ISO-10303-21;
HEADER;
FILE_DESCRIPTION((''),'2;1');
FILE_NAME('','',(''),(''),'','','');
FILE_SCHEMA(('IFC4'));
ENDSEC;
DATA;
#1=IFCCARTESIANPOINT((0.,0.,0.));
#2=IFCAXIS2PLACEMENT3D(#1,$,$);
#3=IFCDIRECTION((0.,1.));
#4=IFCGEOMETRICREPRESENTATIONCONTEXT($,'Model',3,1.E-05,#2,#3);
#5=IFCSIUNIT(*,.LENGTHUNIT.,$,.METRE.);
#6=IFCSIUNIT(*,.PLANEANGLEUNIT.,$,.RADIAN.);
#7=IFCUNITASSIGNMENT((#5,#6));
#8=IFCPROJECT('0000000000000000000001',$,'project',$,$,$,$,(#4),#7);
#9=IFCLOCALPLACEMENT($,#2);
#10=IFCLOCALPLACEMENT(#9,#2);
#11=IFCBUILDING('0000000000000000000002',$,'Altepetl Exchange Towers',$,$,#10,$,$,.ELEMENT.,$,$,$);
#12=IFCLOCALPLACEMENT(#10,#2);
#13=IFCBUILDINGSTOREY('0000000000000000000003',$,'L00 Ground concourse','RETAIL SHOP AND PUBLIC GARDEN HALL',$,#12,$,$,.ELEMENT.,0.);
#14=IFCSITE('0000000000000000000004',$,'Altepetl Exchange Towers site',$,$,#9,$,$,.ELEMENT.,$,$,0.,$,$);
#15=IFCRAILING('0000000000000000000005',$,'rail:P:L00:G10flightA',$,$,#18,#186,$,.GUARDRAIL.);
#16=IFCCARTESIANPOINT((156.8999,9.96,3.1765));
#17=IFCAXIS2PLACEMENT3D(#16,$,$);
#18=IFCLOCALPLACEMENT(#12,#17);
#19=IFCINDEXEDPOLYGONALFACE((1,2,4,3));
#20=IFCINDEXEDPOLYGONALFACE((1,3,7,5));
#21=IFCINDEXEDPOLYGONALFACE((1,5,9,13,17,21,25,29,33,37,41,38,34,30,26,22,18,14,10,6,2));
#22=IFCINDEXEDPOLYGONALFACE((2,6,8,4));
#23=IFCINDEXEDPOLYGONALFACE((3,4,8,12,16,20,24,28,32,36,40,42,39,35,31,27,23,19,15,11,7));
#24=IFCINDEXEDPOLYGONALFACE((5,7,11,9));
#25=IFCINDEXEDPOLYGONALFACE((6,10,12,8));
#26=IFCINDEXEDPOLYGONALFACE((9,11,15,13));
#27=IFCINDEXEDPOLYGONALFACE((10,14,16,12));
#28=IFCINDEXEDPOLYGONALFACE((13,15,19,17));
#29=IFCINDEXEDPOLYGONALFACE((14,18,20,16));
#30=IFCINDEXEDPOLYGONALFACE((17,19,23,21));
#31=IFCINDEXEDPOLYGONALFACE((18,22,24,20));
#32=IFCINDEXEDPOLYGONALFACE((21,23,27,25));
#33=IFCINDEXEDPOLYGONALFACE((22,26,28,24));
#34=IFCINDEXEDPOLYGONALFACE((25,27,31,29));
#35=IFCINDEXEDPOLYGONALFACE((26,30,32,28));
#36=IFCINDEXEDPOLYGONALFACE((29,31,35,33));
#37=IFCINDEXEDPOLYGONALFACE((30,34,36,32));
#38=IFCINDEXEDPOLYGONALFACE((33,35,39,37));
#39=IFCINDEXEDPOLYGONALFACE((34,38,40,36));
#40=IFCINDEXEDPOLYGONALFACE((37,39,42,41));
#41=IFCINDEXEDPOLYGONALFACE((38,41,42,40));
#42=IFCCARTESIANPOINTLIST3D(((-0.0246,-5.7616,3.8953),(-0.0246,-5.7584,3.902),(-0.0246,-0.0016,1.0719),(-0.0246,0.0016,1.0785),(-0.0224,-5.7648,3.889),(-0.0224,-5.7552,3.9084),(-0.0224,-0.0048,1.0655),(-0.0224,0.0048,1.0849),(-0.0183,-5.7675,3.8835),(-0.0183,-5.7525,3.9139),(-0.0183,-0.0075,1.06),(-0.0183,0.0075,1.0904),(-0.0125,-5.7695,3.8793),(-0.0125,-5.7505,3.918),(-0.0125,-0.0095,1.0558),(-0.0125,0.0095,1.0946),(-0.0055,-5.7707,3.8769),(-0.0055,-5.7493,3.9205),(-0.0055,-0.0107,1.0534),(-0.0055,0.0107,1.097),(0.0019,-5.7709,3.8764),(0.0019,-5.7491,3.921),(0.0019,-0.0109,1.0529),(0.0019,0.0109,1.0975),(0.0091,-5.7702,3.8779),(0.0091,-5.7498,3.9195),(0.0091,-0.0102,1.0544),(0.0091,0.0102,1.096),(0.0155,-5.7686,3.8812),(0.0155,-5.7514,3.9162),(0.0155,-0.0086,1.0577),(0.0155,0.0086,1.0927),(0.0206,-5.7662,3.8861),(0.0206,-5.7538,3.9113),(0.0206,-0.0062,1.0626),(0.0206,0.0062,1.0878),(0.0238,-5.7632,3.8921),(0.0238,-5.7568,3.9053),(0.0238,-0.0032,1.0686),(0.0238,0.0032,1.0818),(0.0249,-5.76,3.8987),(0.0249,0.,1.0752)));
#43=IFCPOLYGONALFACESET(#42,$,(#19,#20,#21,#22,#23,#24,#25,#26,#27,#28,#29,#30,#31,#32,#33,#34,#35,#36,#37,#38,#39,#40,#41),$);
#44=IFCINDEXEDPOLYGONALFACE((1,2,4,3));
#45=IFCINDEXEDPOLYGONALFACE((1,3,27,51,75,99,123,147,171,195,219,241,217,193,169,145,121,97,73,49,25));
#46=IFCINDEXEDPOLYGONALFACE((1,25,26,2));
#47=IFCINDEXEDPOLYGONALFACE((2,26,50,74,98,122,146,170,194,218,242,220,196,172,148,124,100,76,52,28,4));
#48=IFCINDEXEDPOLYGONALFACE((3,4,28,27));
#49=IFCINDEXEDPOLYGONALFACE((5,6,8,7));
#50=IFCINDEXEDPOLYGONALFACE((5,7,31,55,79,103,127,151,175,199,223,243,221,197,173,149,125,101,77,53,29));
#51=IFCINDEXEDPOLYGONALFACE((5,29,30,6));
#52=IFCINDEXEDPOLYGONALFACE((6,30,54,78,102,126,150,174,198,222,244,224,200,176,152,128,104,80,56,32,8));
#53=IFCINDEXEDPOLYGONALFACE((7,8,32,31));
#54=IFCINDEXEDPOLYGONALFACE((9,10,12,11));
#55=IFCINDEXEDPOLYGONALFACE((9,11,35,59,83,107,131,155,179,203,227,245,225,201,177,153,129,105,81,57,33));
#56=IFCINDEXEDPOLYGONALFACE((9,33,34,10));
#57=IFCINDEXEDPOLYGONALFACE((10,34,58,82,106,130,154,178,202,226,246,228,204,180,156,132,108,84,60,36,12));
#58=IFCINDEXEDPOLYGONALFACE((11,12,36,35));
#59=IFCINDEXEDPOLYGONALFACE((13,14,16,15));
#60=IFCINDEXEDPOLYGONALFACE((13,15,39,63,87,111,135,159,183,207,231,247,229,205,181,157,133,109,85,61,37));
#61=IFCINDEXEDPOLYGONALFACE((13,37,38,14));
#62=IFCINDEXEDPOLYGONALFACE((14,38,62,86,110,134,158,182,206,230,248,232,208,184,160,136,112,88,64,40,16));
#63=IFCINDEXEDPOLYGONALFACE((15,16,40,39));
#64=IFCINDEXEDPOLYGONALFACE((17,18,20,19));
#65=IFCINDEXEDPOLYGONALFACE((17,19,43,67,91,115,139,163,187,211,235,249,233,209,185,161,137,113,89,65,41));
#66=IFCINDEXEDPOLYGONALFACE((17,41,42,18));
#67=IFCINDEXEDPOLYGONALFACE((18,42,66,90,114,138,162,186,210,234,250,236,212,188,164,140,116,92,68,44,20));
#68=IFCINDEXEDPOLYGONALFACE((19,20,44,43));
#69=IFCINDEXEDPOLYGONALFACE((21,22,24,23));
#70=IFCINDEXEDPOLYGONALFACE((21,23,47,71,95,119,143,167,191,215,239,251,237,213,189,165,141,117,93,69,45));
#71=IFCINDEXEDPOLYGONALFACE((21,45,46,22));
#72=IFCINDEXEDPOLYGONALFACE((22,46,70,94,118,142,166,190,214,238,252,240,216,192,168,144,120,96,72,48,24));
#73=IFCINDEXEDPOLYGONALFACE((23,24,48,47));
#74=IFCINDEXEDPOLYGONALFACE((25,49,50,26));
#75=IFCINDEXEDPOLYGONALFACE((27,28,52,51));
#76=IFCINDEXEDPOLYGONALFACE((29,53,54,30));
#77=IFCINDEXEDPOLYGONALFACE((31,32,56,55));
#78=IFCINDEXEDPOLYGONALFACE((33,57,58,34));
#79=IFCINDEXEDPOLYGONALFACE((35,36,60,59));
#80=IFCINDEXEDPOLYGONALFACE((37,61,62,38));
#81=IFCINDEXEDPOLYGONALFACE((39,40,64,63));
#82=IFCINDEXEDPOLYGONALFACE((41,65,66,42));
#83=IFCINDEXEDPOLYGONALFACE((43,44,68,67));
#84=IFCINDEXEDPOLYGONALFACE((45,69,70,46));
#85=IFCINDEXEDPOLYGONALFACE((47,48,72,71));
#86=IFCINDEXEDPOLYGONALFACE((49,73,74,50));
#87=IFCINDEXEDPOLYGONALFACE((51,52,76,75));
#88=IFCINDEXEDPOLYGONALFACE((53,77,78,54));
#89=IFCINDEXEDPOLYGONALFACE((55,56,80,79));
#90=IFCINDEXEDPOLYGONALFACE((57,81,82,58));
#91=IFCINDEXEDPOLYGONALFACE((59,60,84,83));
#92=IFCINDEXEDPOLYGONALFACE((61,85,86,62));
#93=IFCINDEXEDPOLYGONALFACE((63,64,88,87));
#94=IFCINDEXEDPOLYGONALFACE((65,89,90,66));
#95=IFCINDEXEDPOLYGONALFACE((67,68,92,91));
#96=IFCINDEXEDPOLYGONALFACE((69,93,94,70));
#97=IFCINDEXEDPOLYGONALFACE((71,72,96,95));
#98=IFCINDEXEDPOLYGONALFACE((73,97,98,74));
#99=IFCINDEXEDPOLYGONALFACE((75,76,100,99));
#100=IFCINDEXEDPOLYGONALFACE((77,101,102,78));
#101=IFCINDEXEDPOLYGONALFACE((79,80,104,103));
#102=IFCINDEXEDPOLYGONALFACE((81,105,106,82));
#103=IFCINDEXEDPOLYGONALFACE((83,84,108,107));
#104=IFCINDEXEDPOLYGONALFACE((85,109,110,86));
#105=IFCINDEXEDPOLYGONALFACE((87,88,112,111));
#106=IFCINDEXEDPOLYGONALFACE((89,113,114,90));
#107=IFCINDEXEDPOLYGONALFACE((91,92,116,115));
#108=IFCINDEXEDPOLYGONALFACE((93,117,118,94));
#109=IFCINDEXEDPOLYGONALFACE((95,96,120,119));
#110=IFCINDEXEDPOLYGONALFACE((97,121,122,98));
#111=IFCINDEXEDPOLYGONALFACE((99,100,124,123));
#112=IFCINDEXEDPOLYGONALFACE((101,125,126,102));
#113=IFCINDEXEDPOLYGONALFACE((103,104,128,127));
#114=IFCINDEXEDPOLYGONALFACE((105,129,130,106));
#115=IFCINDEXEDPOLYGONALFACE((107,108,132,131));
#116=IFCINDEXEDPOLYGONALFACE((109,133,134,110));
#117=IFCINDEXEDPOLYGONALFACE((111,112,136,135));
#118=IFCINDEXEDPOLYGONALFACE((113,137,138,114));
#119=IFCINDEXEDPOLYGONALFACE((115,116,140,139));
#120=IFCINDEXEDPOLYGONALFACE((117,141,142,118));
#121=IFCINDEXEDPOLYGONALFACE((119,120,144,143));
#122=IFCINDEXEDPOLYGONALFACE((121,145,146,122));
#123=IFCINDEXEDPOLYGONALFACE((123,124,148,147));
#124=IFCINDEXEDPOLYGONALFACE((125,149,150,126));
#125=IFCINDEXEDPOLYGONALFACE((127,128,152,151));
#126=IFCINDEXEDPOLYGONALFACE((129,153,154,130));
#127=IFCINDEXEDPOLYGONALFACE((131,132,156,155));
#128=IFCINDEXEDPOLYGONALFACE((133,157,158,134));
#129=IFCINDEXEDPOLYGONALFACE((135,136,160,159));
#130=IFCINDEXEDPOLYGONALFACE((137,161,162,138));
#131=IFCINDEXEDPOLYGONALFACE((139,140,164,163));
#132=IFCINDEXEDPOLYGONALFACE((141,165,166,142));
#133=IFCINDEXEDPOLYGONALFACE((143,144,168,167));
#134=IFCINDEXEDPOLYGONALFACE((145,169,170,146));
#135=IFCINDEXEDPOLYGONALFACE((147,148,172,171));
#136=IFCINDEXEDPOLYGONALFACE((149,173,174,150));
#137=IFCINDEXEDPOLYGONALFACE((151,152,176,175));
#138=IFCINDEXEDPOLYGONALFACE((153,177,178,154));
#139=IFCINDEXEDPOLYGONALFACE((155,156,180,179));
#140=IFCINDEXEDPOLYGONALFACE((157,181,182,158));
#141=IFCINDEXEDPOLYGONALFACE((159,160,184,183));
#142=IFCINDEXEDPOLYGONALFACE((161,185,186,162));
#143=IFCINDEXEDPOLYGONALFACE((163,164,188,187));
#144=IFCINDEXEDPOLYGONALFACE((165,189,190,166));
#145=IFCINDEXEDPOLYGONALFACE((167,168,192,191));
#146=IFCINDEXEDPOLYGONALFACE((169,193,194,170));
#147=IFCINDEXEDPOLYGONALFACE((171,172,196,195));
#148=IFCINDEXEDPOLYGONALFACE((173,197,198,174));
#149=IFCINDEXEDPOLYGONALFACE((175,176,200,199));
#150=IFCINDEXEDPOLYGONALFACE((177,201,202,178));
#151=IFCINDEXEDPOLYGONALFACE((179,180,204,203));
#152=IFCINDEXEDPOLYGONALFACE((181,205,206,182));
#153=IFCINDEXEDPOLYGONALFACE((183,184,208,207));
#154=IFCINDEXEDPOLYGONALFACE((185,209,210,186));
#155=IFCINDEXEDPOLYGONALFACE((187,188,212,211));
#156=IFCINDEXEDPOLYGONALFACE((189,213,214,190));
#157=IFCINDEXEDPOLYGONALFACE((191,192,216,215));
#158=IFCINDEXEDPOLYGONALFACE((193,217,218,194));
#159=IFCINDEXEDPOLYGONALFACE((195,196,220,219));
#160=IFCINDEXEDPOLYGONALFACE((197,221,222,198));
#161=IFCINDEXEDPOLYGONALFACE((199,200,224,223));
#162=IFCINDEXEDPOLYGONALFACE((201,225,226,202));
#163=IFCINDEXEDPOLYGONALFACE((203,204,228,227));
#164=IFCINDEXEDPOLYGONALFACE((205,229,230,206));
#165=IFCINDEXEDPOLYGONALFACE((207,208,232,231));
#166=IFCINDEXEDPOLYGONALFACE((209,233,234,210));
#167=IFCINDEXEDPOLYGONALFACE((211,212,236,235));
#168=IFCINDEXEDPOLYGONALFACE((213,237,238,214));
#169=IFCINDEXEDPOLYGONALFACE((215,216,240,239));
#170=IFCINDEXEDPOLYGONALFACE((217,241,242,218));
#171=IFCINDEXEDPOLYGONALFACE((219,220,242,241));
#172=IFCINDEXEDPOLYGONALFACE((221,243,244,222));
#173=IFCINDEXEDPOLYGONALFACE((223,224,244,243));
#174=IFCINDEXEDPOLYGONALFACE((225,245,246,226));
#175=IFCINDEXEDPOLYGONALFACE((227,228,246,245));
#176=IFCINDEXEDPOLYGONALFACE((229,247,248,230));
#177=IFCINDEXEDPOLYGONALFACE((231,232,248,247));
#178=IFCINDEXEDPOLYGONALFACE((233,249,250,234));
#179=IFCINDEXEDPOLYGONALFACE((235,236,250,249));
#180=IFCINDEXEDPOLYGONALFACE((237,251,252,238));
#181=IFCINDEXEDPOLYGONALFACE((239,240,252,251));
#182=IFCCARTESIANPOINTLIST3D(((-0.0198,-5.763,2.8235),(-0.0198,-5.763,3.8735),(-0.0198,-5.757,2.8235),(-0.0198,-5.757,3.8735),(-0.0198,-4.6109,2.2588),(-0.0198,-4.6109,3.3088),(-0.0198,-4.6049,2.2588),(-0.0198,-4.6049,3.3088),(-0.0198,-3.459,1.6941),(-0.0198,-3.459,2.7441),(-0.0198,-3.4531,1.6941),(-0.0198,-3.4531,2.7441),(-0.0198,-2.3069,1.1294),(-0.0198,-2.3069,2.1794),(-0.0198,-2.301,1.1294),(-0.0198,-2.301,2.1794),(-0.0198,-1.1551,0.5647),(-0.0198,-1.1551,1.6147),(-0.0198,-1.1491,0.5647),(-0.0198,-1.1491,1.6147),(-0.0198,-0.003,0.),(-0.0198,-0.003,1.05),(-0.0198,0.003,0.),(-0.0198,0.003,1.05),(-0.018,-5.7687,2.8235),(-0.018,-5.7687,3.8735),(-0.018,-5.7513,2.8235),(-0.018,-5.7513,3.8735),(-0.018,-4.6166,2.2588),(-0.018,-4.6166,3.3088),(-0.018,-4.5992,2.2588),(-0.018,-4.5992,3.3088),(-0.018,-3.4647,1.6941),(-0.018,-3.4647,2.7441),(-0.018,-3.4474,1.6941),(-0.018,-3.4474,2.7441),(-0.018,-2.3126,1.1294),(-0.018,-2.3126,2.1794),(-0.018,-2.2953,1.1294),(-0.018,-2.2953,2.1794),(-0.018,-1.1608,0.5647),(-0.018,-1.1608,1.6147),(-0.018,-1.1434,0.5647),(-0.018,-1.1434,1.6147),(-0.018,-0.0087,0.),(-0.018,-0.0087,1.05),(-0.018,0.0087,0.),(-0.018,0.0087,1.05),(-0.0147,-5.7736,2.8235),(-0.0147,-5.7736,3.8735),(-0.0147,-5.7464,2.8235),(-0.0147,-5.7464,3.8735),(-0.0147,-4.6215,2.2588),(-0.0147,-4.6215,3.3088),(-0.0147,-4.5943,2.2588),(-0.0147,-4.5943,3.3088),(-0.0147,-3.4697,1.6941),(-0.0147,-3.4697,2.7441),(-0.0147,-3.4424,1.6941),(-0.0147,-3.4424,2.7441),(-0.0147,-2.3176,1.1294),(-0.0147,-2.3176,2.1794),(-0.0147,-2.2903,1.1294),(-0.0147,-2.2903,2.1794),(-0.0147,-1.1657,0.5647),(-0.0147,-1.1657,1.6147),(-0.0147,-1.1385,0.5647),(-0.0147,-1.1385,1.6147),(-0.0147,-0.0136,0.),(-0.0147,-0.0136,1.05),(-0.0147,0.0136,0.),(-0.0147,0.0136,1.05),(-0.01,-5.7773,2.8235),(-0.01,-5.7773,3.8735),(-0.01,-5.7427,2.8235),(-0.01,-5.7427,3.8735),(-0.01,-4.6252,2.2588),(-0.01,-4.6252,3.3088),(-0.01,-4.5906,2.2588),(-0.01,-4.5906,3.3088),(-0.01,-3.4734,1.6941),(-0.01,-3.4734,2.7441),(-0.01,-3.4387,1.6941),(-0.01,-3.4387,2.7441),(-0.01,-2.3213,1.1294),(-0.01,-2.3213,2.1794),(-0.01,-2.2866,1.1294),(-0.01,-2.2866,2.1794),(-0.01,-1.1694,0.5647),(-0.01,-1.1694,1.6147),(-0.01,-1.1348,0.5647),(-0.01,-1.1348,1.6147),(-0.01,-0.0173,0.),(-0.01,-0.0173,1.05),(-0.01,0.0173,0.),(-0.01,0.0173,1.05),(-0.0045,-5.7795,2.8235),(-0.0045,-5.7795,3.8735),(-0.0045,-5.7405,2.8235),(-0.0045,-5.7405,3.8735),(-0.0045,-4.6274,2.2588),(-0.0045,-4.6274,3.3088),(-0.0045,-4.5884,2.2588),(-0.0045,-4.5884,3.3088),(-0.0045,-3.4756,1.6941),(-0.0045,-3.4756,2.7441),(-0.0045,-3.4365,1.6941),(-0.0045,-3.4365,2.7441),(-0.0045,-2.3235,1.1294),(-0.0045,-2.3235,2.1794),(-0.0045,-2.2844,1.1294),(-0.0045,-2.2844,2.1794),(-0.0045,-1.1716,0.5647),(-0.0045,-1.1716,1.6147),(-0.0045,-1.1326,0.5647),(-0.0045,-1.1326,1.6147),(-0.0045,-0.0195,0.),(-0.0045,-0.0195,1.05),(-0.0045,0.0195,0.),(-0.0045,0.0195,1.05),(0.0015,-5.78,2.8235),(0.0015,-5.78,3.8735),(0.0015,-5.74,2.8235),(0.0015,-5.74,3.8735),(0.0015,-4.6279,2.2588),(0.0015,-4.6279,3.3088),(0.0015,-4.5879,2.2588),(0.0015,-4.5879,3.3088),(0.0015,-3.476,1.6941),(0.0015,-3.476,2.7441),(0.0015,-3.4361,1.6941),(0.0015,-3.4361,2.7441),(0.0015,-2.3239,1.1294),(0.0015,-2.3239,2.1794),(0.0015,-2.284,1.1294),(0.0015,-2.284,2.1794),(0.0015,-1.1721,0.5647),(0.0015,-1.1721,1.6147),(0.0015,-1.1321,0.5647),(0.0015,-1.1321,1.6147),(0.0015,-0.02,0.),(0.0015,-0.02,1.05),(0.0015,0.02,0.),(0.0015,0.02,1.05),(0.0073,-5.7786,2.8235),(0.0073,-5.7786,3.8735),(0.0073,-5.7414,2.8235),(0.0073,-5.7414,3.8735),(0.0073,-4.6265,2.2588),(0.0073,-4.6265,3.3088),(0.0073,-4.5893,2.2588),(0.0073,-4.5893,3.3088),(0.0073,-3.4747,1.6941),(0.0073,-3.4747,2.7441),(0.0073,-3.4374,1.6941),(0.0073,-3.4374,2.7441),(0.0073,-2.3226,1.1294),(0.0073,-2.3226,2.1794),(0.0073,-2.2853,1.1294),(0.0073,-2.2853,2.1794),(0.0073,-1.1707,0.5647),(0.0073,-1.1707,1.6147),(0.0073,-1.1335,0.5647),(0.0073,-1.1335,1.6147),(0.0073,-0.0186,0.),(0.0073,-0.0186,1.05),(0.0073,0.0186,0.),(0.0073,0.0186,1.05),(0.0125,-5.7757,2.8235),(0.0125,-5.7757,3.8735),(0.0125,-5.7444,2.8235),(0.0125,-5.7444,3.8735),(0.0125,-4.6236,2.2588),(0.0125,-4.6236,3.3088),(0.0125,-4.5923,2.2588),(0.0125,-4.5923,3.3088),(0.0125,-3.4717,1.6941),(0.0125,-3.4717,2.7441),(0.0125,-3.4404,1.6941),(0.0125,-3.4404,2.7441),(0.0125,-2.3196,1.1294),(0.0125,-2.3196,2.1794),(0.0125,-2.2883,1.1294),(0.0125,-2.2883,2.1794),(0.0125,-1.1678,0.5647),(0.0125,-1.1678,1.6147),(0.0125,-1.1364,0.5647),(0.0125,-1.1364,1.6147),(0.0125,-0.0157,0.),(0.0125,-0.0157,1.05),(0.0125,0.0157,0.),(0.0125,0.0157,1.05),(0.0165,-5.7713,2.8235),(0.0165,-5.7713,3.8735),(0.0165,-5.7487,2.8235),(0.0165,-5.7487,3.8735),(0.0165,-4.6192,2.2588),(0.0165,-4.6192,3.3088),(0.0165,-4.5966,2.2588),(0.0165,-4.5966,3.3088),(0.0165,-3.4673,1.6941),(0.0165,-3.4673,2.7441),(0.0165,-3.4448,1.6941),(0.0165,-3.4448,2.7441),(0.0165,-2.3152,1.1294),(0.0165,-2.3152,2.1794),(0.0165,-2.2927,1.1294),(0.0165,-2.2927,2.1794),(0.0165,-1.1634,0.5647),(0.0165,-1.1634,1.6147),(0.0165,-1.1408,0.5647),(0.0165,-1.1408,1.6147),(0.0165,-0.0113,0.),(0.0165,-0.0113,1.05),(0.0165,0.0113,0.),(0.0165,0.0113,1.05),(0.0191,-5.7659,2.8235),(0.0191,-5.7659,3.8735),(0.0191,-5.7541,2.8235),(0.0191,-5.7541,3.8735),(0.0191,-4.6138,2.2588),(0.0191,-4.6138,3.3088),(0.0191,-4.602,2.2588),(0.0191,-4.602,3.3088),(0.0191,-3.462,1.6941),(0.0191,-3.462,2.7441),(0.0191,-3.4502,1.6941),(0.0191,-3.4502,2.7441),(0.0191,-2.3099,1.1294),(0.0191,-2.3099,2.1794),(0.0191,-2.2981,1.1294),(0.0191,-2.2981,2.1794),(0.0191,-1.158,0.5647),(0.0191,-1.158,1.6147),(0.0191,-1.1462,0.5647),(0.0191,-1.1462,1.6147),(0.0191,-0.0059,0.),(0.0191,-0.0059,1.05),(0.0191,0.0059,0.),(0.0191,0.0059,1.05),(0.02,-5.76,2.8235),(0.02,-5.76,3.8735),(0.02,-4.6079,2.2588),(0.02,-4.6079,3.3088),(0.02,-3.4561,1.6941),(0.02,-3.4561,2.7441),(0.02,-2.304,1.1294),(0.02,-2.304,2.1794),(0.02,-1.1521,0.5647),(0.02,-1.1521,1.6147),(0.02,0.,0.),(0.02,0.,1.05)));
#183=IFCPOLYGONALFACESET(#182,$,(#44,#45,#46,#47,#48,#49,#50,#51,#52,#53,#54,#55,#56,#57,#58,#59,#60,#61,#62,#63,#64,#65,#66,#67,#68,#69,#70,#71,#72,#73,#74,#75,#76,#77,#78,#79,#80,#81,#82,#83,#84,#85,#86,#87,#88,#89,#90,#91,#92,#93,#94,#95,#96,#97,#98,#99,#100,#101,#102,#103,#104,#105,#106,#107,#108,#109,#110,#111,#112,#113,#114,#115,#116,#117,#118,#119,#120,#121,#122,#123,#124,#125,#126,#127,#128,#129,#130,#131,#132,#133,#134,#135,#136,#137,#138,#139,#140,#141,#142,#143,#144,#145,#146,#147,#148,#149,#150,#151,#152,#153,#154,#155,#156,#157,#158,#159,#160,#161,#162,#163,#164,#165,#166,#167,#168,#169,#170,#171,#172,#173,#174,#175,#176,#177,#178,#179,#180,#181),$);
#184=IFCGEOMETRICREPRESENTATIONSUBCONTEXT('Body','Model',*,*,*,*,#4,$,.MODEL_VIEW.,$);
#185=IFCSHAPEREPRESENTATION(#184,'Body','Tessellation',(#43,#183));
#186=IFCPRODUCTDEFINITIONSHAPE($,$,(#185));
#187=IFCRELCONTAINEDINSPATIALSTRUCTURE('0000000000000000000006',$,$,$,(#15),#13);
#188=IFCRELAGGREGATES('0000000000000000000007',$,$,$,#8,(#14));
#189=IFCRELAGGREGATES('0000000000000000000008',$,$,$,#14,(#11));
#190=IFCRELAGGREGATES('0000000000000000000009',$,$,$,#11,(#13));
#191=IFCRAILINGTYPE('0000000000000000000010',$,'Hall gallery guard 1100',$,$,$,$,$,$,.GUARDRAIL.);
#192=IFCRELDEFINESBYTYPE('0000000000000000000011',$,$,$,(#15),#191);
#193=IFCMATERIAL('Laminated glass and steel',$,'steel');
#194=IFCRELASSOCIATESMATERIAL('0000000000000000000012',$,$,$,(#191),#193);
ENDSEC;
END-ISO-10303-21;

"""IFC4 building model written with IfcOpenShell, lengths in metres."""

from ifc_helpers import new_model, si_unit, direction, frame, origin, origin_2d, place, context, subcontext, project, spatial, circle, extrude, source, transform, mapped, material, type_object, element, save


model = new_model("IFC4")

# Units and contexts
model_context = context("Model", 3, precision=1e-05, world=origin(), true_north=direction((0.0, 1.0)))
body_context = subcontext(model_context, "Body", "Model", "MODEL_VIEW")
ifc_project = project(units=[si_unit("LENGTHUNIT", "METRE"), si_unit("PLANEANGLEUNIT", "RADIAN")], contexts=[model_context])

# Site, building, storey
site_placement = place(None, origin())
site = spatial("IfcSite", under=ifc_project, at=site_placement, Name="Altepetl Exchange Towers site", CompositionType="ELEMENT", RefElevation=0.0)
building_placement = place(site_placement, origin())
building = spatial("IfcBuilding", under=site, at=building_placement, Name="Altepetl Exchange Towers", CompositionType="ELEMENT")
storey_placement = place(building_placement, origin())
storey = spatial("IfcBuildingStorey", under=building, at=storey_placement, Name="L00 Ground concourse", Description="RETAIL SHOP AND PUBLIC GARDEN HALL", CompositionType="ELEMENT", Elevation=0.0)

# Railing
ifc_material_1 = material(Name="Laminated glass and steel", Category="steel")
railing_type_1 = type_object("IfcRailingType", Name="Hall gallery guard 1100", PredefinedType="GUARDRAIL", material=ifc_material_1)
shared_shape_1 = source(origin(), body_context, "Body", "SweptSolid", [
    extrude(circle(Radius=0.02, at=origin_2d()), origin(), (0.0, 0.0, 1.0), 1.05),
])
for number, where, name in (
    (1, (156.8999, 9.96, 3.1765), "rail:P:L00:G10flightA"),
):
    element("IfcRailing", number, at=place(storey_placement, frame(where)), inside=storey, type_object=railing_type_1, Name=name, PredefinedType="GUARDRAIL", context=body_context, shape_type="SweptSolid", body=[
        extrude(circle(Radius=0.0249, at=origin_2d()), frame((0.0, 0.0, 1.0752), z_axis=(0.0, -0.897924, 0.440151), x_axis=(1.0, 0.0, 0.0)), (0.0, 0.0, 1.0), 6.4148),
        mapped(shared_shape_1, transform((0.0, 0.0, 0.0))),
        mapped(shared_shape_1, transform((0.0, -1.1521, 0.5647))),
        mapped(shared_shape_1, transform((0.0, -2.304, 1.1294))),
        mapped(shared_shape_1, transform((0.0, -3.4561, 1.6941))),
        mapped(shared_shape_1, transform((0.0, -4.6079, 2.2588))),
        mapped(shared_shape_1, transform((0.0, -5.76, 2.8235))),
    ])

save(model, "model.ifc")
